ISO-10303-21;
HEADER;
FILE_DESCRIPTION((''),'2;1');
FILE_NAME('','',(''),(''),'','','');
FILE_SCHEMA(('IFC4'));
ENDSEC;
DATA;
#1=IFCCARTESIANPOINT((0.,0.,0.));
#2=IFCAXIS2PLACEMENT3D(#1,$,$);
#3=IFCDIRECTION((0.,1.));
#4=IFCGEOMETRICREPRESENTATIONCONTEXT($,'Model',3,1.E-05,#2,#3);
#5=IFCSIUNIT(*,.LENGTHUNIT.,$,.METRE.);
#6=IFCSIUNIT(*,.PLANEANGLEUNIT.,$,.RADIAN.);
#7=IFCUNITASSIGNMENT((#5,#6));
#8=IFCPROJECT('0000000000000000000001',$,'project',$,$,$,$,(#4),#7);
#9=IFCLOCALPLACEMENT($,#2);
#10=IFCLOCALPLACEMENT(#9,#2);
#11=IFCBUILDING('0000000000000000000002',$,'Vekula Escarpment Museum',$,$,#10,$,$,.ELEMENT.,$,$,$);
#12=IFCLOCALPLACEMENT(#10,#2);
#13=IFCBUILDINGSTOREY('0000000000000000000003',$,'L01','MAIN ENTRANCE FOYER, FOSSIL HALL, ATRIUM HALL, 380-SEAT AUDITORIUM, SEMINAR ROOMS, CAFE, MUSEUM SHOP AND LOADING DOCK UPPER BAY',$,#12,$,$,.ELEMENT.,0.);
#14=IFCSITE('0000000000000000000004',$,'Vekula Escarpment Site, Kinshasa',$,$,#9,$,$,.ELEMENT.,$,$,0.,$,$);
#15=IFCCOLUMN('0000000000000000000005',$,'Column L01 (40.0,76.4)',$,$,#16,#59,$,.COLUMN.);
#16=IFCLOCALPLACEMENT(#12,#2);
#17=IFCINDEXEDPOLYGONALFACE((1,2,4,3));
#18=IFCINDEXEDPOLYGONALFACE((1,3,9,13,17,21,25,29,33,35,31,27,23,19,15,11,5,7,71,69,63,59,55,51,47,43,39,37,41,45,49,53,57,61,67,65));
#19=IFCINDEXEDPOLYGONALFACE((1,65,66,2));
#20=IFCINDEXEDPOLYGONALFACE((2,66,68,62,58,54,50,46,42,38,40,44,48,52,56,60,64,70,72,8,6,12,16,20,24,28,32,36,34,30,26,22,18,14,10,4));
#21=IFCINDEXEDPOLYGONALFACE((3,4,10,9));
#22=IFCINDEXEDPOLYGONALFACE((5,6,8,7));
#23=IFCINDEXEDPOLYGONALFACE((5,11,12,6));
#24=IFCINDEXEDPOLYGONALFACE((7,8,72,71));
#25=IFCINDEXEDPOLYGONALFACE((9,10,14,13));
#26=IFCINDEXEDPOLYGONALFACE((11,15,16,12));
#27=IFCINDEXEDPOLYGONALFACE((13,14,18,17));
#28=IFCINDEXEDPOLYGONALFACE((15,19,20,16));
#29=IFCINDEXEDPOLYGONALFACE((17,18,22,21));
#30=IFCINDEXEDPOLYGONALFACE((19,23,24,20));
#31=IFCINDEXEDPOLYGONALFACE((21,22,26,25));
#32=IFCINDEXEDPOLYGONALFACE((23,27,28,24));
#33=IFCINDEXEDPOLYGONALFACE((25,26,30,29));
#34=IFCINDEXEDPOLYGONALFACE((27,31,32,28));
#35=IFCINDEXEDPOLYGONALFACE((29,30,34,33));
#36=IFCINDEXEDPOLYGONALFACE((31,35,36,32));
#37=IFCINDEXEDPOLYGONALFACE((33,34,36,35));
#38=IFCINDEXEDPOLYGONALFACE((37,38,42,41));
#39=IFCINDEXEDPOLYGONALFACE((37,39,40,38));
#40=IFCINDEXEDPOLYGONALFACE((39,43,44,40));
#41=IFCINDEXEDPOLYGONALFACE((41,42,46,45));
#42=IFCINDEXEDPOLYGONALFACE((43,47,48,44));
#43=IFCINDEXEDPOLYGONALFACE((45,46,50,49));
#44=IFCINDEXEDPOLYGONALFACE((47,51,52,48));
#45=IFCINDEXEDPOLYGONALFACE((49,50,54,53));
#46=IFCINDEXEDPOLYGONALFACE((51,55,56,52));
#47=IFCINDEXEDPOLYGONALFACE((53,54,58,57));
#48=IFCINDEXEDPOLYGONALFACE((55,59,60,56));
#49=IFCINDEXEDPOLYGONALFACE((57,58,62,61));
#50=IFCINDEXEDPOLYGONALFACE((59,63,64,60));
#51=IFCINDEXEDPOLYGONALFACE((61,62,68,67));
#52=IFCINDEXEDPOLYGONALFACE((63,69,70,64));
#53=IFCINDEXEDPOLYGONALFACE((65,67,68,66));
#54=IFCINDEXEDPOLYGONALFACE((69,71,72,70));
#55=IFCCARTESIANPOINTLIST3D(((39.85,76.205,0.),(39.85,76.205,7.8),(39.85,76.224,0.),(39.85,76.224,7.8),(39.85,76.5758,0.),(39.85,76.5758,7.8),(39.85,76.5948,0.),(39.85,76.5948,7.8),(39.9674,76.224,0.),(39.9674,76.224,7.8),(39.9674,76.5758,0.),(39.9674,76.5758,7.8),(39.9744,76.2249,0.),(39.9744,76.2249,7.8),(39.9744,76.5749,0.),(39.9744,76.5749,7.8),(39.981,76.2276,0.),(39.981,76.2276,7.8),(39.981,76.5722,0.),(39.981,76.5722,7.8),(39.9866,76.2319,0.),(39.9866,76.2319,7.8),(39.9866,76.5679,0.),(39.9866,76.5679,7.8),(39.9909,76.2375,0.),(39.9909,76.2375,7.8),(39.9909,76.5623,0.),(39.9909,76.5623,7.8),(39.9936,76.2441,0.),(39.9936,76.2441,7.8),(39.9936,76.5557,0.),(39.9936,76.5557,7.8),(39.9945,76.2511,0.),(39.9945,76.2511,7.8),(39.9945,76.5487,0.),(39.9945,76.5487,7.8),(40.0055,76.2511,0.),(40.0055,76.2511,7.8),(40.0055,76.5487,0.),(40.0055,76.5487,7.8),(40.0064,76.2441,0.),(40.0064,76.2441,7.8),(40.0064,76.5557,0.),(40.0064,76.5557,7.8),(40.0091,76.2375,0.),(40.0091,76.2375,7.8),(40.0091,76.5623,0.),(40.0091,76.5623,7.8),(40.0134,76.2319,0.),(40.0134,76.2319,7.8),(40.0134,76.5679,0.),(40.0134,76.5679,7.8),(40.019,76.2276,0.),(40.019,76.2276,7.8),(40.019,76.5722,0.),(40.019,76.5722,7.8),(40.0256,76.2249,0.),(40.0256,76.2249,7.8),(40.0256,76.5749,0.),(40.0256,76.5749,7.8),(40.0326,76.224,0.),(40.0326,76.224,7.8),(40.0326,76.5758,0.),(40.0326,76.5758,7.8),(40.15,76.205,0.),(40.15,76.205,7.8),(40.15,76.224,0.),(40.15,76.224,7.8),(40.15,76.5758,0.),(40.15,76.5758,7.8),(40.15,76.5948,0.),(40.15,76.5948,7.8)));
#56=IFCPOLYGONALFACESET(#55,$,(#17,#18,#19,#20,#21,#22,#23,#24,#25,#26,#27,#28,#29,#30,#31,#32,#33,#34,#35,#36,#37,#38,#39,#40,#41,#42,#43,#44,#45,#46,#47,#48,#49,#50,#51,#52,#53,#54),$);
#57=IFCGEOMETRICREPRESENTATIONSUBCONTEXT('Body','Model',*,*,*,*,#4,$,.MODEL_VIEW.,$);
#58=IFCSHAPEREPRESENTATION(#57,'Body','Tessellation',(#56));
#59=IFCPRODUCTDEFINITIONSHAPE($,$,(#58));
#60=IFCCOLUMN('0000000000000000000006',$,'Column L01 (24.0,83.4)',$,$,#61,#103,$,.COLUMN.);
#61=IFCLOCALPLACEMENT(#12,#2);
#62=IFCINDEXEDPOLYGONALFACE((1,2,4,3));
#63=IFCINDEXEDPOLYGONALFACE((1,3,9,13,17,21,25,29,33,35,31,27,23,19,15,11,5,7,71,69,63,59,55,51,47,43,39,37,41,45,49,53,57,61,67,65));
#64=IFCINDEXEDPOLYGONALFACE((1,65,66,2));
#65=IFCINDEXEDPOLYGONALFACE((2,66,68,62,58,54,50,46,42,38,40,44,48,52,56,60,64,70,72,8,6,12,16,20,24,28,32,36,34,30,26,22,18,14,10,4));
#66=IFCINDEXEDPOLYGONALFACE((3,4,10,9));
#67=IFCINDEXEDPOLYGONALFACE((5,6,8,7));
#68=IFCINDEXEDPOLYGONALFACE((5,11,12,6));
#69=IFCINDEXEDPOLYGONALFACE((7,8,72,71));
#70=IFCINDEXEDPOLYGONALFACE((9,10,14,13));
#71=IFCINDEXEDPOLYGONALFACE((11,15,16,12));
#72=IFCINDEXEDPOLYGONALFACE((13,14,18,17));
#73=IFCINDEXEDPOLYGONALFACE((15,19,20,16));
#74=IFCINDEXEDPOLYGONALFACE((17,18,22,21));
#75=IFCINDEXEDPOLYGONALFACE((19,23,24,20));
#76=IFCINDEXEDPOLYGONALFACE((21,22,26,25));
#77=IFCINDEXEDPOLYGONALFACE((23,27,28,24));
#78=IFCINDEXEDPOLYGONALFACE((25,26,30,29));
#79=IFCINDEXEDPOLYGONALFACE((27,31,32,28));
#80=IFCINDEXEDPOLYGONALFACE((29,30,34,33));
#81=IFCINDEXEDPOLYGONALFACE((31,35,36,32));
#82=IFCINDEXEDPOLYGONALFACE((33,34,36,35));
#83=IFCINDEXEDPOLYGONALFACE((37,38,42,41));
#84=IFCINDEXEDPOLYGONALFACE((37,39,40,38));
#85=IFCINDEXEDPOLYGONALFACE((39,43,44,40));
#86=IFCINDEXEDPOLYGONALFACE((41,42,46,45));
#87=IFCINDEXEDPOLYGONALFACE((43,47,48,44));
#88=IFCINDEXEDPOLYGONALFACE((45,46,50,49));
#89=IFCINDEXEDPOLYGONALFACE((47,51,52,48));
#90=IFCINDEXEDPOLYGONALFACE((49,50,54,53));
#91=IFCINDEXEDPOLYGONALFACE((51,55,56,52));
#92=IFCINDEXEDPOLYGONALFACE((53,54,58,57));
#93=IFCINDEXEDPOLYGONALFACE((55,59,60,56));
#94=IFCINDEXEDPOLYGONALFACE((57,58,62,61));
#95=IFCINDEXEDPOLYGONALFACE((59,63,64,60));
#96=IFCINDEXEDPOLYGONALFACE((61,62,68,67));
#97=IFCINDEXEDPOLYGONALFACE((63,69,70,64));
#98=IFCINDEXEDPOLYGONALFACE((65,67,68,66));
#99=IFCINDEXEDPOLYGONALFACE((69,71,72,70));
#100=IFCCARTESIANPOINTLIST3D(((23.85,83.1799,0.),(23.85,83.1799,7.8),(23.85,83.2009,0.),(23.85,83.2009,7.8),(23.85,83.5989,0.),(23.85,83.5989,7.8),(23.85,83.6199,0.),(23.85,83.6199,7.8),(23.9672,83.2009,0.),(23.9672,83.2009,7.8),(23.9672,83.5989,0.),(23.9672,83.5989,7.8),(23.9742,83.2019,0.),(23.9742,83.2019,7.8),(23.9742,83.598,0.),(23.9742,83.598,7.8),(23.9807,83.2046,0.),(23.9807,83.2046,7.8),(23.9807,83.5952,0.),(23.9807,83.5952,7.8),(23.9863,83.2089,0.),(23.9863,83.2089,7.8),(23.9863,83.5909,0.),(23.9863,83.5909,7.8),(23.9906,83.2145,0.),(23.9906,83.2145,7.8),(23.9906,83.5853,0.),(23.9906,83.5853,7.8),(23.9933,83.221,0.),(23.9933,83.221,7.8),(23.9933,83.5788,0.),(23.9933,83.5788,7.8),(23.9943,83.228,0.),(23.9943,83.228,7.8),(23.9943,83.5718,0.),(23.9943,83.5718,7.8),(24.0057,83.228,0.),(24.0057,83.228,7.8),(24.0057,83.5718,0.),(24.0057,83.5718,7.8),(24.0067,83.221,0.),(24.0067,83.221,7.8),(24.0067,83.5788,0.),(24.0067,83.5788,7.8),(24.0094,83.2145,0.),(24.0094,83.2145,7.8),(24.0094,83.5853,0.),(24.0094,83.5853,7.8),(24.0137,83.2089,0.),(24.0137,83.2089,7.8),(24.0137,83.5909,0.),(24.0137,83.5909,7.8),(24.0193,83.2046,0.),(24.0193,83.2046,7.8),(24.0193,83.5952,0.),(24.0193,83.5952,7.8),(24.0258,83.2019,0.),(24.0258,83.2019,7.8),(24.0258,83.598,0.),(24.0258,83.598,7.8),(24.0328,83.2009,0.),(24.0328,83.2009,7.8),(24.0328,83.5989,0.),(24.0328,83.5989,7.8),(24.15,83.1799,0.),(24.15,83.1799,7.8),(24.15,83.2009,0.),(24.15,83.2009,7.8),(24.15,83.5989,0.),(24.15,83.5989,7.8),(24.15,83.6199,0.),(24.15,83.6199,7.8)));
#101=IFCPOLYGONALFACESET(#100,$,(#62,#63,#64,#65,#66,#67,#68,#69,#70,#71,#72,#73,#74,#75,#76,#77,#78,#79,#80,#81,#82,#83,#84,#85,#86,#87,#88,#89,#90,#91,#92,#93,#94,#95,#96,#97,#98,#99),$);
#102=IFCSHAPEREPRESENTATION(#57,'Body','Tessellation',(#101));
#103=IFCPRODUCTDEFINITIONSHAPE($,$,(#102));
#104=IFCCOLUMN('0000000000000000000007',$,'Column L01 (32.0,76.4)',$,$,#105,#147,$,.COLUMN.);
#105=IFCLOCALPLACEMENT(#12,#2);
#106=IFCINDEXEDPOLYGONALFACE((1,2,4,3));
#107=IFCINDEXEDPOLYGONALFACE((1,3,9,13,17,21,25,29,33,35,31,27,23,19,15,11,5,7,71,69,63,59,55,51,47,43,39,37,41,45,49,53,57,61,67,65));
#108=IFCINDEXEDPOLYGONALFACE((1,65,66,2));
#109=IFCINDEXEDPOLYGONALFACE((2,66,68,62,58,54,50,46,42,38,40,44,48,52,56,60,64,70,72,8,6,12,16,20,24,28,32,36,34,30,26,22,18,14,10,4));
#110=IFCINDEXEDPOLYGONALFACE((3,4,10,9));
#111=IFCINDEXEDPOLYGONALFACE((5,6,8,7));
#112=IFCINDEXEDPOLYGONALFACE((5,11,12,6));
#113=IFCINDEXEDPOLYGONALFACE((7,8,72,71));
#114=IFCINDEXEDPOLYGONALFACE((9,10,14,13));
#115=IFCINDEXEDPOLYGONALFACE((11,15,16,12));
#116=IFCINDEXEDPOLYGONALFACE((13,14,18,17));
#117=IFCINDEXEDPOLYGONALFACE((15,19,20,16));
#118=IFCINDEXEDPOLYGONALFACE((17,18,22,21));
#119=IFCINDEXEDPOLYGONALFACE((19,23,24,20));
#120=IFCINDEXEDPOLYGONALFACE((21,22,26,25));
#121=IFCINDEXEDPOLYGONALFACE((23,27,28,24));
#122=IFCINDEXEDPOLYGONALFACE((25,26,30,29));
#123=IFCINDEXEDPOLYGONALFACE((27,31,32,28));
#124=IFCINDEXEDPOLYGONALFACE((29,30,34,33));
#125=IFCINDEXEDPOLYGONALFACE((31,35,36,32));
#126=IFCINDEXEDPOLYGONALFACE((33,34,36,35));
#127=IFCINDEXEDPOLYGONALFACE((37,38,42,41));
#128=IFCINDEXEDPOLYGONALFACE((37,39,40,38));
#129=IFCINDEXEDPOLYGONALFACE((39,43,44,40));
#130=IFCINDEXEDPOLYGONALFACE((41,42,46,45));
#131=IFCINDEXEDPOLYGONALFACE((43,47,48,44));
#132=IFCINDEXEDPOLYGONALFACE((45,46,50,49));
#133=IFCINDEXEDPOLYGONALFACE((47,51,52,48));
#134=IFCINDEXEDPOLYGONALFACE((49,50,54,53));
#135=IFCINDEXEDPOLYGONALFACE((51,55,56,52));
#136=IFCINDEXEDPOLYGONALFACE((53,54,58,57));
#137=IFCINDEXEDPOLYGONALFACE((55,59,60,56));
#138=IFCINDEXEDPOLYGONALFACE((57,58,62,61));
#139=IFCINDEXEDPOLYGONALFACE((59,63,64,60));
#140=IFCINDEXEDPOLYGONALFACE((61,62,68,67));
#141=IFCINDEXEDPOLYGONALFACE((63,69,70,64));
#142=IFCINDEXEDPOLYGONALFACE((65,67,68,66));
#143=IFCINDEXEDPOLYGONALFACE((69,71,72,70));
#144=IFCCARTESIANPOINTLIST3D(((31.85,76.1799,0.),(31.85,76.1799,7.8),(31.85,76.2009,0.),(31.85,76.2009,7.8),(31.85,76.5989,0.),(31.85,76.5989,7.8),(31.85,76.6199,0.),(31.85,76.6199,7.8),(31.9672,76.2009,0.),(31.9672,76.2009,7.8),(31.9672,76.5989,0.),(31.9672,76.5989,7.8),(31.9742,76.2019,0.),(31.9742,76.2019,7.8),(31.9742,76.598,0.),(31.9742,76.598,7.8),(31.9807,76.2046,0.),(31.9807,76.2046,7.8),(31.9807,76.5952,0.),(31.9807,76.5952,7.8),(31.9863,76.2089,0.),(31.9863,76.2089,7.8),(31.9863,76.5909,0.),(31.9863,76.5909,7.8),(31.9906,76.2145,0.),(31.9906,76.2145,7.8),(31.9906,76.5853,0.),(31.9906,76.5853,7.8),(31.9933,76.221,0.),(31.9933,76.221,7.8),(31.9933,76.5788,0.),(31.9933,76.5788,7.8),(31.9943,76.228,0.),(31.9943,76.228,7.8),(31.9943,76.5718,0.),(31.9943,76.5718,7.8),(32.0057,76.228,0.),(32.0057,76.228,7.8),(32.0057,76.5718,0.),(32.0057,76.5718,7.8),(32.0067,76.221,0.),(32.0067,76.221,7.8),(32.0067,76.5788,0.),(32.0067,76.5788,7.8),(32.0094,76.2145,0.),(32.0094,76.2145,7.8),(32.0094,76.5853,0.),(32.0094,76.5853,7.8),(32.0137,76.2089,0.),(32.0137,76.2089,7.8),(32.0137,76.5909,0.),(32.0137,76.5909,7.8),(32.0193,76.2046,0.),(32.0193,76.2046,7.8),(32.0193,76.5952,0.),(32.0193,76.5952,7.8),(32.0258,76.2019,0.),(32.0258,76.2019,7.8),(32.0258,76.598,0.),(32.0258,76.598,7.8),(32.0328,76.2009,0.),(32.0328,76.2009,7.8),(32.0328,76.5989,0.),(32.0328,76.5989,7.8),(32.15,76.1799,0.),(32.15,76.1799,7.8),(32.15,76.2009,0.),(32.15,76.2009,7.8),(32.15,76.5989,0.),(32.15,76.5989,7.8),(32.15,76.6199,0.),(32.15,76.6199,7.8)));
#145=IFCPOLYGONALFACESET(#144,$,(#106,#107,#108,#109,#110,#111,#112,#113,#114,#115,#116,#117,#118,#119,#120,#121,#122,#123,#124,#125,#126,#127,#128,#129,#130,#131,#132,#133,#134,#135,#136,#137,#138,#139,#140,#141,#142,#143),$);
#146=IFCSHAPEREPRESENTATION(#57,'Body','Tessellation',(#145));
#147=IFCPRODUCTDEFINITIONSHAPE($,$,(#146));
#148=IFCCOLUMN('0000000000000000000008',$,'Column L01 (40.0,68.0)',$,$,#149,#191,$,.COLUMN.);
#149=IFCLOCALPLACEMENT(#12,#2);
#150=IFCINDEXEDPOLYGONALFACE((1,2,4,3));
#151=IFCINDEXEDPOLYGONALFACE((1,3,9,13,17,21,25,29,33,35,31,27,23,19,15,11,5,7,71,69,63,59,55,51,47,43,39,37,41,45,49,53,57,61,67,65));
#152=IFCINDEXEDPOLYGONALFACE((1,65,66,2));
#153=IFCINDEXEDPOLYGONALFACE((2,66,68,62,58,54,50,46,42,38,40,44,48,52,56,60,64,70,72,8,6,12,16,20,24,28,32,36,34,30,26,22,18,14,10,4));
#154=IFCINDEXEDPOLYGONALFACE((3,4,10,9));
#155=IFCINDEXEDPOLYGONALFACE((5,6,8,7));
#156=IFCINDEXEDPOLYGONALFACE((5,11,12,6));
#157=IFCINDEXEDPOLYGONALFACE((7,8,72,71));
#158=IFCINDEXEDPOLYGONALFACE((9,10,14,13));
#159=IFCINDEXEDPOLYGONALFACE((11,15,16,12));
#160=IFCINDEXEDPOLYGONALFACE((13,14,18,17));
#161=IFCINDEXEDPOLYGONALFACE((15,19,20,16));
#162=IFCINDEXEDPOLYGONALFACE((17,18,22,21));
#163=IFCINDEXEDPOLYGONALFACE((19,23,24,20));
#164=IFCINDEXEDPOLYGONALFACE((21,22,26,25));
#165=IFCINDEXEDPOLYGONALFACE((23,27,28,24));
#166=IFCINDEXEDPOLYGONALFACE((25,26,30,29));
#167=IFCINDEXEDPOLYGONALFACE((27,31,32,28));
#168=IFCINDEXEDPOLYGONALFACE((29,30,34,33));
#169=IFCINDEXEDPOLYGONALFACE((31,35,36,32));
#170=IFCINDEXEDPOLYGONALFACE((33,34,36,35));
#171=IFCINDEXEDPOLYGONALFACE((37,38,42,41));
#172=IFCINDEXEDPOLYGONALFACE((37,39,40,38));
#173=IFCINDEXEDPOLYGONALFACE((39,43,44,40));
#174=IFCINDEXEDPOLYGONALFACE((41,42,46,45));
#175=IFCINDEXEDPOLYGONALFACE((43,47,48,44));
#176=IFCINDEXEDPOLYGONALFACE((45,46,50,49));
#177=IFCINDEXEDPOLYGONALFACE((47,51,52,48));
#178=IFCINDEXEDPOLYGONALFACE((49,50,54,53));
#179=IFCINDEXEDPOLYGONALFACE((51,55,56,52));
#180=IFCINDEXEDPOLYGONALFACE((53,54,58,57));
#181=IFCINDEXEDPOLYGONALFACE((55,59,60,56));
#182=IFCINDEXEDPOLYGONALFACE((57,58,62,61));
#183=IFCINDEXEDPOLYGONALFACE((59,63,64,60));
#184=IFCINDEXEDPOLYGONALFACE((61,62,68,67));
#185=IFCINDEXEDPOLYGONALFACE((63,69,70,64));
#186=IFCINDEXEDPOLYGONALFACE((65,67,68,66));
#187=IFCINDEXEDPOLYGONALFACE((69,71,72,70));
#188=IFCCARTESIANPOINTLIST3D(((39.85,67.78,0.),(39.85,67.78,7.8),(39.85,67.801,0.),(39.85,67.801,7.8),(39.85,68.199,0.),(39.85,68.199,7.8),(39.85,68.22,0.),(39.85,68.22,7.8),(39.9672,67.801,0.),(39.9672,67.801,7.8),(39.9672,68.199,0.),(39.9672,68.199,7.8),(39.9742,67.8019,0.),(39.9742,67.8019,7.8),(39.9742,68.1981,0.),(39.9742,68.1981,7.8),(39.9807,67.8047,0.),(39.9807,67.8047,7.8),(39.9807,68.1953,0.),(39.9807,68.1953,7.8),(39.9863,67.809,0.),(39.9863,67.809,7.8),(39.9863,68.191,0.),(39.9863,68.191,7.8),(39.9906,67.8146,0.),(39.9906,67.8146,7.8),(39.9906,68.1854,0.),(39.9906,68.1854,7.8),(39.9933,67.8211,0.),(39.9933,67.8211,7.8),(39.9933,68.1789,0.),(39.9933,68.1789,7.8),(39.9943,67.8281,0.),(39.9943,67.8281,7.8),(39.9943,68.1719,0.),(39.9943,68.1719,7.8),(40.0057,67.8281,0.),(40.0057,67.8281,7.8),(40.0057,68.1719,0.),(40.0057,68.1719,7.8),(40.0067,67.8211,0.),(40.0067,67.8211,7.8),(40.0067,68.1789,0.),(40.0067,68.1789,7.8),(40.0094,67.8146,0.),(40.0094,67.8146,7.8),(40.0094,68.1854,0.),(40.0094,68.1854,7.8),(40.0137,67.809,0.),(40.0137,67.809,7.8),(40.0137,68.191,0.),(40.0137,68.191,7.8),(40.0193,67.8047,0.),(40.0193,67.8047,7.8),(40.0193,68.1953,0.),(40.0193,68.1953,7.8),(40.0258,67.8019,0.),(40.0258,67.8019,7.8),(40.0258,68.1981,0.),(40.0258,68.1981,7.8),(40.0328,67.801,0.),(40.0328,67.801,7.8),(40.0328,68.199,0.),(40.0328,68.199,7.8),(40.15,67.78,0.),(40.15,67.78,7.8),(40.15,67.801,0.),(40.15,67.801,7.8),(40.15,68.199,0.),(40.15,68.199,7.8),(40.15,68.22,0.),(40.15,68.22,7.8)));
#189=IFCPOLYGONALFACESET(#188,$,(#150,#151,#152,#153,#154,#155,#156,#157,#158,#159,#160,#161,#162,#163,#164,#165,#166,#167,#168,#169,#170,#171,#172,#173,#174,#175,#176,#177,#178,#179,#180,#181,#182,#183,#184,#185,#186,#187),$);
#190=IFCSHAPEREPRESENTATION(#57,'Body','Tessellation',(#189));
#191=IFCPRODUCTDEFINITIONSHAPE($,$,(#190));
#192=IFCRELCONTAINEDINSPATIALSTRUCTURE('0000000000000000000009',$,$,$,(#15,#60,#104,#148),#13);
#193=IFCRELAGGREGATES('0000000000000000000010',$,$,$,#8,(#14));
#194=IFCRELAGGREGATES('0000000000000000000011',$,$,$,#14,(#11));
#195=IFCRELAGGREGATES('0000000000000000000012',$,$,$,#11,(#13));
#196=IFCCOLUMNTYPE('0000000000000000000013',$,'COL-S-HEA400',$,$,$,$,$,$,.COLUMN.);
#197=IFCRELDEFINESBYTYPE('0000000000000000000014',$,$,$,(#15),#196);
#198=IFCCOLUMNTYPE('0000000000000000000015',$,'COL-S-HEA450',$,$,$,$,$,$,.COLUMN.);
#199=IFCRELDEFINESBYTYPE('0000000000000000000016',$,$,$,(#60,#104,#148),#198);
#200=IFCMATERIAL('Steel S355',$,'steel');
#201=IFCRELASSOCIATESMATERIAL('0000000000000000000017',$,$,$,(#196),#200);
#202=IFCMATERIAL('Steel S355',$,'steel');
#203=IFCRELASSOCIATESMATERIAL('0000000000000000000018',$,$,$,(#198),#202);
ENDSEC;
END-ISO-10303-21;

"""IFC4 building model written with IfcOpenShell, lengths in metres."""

from ifc_helpers import new_model, si_unit, direction, frame, origin, origin_2d, place, context, subcontext, project, spatial, i_section, extrude, material, material_profile, profile_set, type_object, element, save


model = new_model("IFC4")

# Units and contexts
model_context = context("Model", 3, precision=1e-05, world=origin(), true_north=direction((0.0, 1.0)))
body_context = subcontext(model_context, "Body", "Model", "MODEL_VIEW")
ifc_project = project(units=[si_unit("LENGTHUNIT", "METRE"), si_unit("PLANEANGLEUNIT", "RADIAN")], contexts=[model_context])

# Site, building, storey
site_placement = place(None, origin())
site = spatial("IfcSite", under=ifc_project, at=site_placement, Name="Vekula Escarpment Site, Kinshasa", CompositionType="ELEMENT", RefElevation=0.0)
building_placement = place(site_placement, origin())
building = spatial("IfcBuilding", under=site, at=building_placement, Name="Vekula Escarpment Museum", CompositionType="ELEMENT")
storey_placement = place(building_placement, origin())
storey = spatial("IfcBuildingStorey", under=building, at=storey_placement, Name="L01", Description="MAIN ENTRANCE FOYER, FOSSIL HALL, ATRIUM HALL, 380-SEAT AUDITORIUM, SEMINAR ROOMS, CAFE, MUSEUM SHOP AND LOADING DOCK UPPER BAY", CompositionType="ELEMENT", Elevation=0.0)

# Columns
ifc_material_1 = material(Name="Steel S355", Category="steel")
ifc_material_profile_1 = material_profile(ifc_material_1, i_section(OverallWidth=0.3, OverallDepth=0.3899, WebThickness=0.011, FlangeThickness=0.019, FilletRadius=0.0271, at=origin_2d()), Name="HEA 400")
ifc_profile_set_1 = profile_set([ifc_material_profile_1], Name="Steel S355")
column_type_1 = type_object("IfcColumnType", Name="COL-S-HEA400", PredefinedType="COLUMN", material=ifc_profile_set_1)
for number, where, z_axis, x_axis, name in (
    (1, (40.0, 76.3999, 0.0), (0.0, 0.0, 1.0), (1.0, 0.0, 0.0), "Column L01 (40.0,76.4)"),
):
    element("IfcColumn", number, at=place(storey_placement, frame(where, z_axis=z_axis, x_axis=x_axis)), inside=storey, type_object=column_type_1, Name=name, PredefinedType="COLUMN", context=body_context, shape_type="SweptSolid", body=[
        extrude(i_section(OverallWidth=0.3, OverallDepth=0.3899, WebThickness=0.011, FlangeThickness=0.019, FilletRadius=0.0271, at=origin_2d()), origin(), (0.0, 0.0, 1.0), 7.8),
    ])
ifc_material_2 = material(Name="Steel S355", Category="steel")
ifc_material_profile_2 = material_profile(ifc_material_2, i_section(OverallWidth=0.3, OverallDepth=0.4399, WebThickness=0.0115, FlangeThickness=0.021, FilletRadius=0.0271, at=origin_2d()), Name="HEA 450")
ifc_profile_set_2 = profile_set([ifc_material_profile_2], Name="Steel S355")
column_type_2 = type_object("IfcColumnType", Name="COL-S-HEA450", PredefinedType="COLUMN", material=ifc_profile_set_2)
for number, where, z_axis, x_axis, name in (
    (2, (24.0, 83.3999, 0.0), (0.0, 0.0, 1.0), (1.0, 0.0, 0.0), "Column L01 (24.0,83.4)"),
    (3, (32.0, 76.3999, 0.0), (0.0, 0.0, 1.0), (1.0, 0.0, 0.0), "Column L01 (32.0,76.4)"),
    (4, (40.0, 68.0, 0.0), (0.0, 0.0, 1.0), (1.0, 0.0, 0.0), "Column L01 (40.0,68.0)"),
):
    element("IfcColumn", number, at=place(storey_placement, frame(where, z_axis=z_axis, x_axis=x_axis)), inside=storey, type_object=column_type_2, Name=name, PredefinedType="COLUMN", context=body_context, shape_type="SweptSolid", body=[
        extrude(i_section(OverallWidth=0.3, OverallDepth=0.4399, WebThickness=0.0115, FlangeThickness=0.021, FilletRadius=0.0271, at=origin_2d()), origin(), (0.0, 0.0, 1.0), 7.8),
    ])

save(model, "model.ifc")
